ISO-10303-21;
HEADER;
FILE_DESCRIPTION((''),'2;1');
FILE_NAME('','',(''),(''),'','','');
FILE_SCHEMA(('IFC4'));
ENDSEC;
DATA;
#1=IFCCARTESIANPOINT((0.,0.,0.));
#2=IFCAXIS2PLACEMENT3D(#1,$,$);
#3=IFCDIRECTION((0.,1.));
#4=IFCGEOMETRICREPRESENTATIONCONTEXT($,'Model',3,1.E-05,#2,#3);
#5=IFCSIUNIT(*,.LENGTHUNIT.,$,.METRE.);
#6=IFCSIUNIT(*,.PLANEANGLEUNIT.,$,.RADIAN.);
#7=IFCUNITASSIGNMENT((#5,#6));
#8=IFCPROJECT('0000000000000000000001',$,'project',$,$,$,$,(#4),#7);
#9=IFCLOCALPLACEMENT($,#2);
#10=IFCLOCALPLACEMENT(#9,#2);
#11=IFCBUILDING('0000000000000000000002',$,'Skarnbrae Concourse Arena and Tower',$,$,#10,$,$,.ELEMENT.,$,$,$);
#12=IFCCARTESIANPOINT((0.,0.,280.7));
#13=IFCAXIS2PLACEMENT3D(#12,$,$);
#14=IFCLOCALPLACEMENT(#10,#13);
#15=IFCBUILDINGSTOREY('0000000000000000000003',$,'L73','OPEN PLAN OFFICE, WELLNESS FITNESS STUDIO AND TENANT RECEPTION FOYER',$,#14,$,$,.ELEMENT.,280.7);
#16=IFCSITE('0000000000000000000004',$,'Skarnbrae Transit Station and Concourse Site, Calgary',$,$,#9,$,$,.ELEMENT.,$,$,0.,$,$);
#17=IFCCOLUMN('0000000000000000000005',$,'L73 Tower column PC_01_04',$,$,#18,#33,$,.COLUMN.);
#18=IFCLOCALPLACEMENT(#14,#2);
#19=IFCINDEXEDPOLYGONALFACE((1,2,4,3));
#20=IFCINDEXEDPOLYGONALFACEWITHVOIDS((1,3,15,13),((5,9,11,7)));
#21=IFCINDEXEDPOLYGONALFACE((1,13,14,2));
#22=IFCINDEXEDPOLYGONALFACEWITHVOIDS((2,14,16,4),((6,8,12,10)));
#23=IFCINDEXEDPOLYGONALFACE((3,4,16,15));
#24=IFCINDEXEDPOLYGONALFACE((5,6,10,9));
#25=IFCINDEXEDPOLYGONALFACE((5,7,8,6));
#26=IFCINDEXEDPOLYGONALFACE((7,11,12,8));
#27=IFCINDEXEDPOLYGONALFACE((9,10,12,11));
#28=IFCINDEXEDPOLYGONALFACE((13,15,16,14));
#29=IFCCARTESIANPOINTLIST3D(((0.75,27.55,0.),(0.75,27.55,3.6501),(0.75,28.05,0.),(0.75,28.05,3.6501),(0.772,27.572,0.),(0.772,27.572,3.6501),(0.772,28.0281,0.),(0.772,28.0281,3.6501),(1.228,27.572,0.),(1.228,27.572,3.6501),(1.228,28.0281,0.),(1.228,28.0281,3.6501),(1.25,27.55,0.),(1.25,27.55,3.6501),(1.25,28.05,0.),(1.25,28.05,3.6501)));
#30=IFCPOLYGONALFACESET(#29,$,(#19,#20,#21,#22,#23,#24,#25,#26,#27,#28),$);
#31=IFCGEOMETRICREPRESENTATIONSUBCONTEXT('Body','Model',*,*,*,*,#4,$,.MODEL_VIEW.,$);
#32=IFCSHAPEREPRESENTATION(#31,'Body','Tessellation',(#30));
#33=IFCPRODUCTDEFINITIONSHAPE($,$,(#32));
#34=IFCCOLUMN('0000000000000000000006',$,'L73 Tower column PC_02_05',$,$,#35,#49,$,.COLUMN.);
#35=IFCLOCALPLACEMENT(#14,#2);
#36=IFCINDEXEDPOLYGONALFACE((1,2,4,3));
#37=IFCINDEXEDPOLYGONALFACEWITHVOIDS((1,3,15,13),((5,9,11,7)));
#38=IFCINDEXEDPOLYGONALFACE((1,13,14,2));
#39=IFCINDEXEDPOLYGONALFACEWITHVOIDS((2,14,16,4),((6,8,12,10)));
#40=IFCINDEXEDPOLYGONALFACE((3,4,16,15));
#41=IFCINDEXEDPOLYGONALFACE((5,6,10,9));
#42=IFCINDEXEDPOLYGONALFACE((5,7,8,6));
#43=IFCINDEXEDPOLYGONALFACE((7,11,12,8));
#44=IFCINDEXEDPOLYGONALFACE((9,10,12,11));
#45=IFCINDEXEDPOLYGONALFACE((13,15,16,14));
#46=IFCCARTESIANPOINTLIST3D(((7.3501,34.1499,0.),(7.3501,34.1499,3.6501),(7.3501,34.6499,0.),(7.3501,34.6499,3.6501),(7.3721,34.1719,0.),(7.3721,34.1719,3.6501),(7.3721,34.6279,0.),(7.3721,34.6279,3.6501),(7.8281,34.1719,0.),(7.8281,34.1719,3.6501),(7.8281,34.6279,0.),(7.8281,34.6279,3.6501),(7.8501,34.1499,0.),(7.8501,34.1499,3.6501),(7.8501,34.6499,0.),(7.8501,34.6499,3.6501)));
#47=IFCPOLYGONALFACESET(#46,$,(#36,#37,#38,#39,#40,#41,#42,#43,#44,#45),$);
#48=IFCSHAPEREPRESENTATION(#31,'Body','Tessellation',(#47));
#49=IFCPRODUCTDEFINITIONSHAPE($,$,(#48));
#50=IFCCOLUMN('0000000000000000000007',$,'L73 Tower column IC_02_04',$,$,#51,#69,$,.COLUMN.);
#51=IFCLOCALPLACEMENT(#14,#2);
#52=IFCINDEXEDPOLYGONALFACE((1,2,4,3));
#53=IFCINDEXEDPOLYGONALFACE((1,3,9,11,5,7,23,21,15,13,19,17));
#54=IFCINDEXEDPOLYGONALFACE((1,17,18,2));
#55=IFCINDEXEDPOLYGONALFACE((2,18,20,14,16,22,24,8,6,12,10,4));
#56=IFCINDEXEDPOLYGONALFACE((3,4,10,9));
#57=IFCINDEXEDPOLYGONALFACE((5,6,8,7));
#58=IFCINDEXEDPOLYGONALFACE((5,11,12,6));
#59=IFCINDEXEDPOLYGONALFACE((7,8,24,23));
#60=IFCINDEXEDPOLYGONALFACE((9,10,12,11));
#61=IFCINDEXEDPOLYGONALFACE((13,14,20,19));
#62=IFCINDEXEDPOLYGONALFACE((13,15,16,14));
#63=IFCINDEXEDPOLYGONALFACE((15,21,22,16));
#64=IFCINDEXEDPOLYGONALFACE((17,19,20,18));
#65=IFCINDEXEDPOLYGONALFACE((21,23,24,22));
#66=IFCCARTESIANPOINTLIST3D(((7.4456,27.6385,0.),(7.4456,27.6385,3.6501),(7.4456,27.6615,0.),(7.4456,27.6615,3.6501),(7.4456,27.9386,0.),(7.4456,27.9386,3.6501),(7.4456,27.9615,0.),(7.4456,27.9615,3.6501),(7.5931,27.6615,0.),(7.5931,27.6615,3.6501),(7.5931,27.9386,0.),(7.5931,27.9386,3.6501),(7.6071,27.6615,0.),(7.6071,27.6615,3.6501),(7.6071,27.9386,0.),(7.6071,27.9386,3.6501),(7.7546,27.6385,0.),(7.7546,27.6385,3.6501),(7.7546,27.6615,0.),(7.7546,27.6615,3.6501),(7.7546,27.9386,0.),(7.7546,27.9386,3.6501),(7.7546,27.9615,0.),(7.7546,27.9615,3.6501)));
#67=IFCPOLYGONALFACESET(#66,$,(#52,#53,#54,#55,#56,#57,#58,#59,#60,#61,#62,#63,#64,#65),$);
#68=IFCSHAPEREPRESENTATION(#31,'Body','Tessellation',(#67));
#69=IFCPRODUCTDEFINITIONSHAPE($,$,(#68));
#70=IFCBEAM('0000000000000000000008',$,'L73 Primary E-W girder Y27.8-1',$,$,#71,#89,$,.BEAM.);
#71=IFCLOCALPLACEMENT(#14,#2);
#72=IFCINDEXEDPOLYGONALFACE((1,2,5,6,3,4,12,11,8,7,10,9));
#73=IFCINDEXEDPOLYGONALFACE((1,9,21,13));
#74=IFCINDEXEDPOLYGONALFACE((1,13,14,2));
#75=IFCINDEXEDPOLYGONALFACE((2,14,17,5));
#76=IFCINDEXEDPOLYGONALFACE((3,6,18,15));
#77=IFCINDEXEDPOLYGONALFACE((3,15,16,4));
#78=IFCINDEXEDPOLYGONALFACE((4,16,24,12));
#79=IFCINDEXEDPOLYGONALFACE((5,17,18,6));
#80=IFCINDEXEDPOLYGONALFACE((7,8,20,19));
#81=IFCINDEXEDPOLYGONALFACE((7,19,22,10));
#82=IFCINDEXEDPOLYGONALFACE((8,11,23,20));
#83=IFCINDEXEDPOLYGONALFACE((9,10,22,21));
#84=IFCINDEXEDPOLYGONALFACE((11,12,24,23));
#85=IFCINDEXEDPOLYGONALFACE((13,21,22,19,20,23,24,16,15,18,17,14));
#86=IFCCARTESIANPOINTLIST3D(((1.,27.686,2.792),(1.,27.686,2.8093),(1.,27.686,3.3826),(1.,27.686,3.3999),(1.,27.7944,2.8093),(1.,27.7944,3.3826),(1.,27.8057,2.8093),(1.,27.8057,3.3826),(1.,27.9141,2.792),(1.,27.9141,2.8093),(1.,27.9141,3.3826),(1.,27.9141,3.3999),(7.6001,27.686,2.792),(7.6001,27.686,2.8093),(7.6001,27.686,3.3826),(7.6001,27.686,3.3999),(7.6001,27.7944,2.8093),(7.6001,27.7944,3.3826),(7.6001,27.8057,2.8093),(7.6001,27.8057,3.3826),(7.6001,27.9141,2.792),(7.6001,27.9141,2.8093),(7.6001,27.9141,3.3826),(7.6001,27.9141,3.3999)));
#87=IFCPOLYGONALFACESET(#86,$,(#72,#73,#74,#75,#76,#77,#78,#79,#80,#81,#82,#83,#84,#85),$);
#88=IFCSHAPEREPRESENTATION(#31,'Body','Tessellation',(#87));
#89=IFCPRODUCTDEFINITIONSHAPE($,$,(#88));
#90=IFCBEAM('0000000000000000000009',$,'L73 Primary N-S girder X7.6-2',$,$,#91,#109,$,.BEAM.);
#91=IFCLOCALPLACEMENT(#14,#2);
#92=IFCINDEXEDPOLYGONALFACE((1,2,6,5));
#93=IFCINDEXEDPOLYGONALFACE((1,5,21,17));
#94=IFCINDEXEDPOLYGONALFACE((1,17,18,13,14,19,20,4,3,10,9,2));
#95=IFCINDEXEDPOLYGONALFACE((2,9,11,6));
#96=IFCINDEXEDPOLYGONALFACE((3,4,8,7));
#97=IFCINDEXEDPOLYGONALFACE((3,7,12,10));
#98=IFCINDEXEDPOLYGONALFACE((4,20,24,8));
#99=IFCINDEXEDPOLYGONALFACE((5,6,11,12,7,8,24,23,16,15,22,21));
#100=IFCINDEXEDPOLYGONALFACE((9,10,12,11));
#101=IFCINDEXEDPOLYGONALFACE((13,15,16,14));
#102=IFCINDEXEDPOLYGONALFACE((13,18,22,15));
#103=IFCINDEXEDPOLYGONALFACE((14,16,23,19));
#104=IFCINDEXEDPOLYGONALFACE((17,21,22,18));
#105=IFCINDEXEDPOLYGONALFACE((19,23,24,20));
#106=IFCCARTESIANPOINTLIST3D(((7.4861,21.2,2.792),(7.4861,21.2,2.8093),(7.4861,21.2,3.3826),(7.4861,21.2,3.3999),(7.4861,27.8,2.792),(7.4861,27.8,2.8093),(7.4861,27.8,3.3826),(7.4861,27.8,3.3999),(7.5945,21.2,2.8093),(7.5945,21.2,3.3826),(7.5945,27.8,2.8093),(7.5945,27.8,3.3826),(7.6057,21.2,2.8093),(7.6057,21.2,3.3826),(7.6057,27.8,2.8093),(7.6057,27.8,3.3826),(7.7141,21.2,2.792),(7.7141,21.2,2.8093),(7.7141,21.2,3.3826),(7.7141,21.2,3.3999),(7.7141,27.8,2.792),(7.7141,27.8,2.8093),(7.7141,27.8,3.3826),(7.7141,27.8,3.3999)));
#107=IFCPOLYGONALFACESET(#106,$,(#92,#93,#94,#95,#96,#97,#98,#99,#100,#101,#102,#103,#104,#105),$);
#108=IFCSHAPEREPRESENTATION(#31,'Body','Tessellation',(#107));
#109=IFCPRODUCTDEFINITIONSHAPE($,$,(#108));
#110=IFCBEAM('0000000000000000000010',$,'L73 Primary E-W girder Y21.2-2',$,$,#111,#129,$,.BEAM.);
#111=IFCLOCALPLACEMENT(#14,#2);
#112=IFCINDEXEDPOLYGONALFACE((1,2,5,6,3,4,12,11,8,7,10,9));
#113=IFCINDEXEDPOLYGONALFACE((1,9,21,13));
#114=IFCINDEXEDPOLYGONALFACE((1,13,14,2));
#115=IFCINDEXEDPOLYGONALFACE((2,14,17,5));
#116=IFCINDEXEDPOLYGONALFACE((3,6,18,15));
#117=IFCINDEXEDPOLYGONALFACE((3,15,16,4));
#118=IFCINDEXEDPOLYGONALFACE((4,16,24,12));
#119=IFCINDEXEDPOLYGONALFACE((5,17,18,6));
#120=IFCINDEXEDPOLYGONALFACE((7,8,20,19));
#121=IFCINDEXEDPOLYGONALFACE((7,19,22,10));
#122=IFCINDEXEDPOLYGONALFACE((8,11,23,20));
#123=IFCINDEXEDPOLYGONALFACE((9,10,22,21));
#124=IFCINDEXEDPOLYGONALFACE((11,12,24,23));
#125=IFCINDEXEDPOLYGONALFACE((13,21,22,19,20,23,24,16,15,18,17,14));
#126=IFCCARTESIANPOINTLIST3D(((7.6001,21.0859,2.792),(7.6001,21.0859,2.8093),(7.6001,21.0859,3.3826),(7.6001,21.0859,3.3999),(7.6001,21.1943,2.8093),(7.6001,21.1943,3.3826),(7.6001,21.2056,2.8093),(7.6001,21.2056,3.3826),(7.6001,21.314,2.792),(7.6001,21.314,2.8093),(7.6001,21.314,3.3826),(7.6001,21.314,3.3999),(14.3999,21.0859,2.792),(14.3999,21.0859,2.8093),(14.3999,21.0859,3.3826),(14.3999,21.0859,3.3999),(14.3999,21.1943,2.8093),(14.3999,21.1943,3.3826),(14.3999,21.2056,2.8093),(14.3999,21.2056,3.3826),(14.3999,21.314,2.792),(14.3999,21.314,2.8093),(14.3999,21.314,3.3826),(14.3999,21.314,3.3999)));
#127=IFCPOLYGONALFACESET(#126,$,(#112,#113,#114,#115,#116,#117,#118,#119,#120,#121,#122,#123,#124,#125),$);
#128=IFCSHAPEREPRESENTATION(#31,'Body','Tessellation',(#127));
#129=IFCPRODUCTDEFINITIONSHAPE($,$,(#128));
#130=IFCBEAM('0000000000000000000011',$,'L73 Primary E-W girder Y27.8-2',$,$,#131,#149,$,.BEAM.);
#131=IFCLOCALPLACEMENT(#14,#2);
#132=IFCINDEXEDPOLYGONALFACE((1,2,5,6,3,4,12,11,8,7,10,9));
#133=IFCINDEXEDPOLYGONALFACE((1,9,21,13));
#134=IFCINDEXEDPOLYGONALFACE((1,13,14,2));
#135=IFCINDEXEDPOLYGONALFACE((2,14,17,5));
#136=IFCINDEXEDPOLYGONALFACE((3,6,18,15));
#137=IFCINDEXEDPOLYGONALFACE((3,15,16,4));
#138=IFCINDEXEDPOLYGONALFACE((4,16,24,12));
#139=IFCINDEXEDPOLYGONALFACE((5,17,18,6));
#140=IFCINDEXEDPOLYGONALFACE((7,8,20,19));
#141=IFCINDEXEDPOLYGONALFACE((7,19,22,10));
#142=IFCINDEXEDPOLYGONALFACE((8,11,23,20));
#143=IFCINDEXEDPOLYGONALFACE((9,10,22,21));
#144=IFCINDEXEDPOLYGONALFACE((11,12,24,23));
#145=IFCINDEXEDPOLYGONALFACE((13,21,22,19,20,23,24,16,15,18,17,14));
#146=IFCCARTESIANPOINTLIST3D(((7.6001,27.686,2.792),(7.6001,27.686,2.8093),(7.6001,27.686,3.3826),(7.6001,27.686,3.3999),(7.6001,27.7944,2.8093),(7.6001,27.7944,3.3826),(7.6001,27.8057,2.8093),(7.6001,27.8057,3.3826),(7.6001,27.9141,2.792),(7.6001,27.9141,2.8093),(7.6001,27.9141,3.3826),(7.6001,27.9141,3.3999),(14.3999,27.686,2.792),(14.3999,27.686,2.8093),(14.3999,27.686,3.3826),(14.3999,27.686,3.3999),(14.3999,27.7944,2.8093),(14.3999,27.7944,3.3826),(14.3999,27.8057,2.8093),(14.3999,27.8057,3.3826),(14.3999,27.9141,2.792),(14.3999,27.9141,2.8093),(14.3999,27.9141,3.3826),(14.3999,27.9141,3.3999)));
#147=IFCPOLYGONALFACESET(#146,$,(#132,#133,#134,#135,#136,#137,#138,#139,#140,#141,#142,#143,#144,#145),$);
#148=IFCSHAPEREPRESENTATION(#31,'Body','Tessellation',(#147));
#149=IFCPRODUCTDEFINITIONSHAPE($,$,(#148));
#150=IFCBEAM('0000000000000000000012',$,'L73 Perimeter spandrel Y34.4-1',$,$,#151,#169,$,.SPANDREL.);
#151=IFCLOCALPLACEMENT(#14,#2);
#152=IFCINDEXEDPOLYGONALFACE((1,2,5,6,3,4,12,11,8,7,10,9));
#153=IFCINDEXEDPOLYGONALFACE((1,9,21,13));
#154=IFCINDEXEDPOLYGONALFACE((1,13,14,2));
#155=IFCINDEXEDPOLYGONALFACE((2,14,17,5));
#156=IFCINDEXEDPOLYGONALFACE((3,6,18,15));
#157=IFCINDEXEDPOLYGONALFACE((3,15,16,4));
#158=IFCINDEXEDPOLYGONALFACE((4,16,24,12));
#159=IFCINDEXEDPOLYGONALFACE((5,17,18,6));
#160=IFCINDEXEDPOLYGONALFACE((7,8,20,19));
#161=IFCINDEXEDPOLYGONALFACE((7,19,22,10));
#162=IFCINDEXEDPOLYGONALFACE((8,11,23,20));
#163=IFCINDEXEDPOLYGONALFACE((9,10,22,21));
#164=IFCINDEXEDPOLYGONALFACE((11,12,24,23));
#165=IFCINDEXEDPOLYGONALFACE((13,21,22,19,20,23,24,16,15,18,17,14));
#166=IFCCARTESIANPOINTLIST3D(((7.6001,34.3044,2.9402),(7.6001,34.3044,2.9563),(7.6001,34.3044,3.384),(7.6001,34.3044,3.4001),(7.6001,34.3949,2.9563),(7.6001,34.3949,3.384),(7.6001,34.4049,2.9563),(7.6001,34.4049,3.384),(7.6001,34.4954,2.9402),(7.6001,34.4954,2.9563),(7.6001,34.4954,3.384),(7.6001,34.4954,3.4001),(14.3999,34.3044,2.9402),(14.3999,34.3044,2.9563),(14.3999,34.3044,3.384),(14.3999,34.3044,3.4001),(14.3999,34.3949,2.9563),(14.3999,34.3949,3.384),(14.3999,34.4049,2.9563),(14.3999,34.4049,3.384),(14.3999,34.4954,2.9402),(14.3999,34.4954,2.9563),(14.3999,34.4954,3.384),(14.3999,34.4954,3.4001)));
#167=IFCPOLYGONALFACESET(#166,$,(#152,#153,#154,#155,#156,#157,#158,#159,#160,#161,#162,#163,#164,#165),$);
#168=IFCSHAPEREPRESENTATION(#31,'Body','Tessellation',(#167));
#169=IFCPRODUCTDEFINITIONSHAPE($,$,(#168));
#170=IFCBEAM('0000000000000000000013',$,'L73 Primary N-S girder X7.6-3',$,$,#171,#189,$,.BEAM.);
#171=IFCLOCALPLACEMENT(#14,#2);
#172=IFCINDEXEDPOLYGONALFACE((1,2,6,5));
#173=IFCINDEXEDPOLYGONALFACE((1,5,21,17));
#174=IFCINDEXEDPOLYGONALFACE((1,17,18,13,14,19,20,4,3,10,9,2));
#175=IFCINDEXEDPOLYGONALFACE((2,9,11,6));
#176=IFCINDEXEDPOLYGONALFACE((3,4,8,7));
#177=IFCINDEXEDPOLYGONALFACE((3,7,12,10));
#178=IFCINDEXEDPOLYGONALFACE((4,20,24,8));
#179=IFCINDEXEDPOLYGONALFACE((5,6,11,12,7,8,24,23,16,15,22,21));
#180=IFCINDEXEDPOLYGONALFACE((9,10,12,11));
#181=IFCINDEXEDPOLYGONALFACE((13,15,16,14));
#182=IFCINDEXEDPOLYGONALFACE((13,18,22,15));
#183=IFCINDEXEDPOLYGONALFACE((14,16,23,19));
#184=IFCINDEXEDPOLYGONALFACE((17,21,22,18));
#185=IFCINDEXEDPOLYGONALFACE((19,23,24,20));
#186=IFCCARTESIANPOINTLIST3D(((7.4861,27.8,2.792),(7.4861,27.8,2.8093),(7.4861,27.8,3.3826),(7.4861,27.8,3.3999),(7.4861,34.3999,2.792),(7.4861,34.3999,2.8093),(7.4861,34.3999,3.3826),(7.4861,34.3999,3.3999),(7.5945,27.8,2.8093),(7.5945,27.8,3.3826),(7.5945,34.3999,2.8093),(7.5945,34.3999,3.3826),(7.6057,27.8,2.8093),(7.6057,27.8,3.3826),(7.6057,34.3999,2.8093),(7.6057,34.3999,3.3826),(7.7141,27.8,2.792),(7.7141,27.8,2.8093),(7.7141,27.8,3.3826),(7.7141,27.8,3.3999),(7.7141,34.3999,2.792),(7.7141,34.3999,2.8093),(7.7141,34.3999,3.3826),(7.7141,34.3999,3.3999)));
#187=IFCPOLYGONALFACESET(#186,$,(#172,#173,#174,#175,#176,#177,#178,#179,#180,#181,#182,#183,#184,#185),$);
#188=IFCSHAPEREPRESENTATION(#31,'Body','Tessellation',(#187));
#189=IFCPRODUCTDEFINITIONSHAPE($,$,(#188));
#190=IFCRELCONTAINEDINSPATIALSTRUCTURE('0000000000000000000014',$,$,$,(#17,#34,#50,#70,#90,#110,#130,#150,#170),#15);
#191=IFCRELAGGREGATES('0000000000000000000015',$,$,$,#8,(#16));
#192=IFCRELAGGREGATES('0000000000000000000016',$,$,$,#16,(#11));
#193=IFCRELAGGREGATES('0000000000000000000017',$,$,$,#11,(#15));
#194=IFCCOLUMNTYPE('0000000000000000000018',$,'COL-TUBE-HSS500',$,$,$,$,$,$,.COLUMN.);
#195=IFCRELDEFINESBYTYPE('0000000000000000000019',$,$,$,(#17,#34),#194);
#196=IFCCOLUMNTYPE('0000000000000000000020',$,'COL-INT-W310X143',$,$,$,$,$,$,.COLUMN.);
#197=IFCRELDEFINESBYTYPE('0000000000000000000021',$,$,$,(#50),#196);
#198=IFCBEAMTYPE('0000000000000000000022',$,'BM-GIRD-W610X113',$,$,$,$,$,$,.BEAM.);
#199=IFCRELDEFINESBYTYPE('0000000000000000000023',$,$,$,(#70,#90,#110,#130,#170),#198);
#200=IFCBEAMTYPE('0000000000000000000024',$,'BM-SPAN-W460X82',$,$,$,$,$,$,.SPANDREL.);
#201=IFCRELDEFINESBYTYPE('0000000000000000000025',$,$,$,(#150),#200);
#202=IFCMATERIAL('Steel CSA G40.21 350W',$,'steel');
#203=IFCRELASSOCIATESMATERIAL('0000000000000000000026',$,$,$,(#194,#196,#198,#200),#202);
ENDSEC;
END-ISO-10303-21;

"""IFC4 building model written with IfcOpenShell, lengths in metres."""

from ifc_helpers import new_model, si_unit, direction, frame, origin, origin_2d, place, context, subcontext, project, spatial, hollow_rectangle, i_section, extrude, source, transform, mapped, material, material_profile, profile_set, type_object, element, save


model = new_model("IFC4")

# Units and contexts
model_context = context("Model", 3, precision=1e-05, world=origin(), true_north=direction((0.0, 1.0)))
body_context = subcontext(model_context, "Body", "Model", "MODEL_VIEW")
ifc_project = project(units=[si_unit("LENGTHUNIT", "METRE"), si_unit("PLANEANGLEUNIT", "RADIAN")], contexts=[model_context])

# Site, building, storey
site_placement = place(None, origin())
site = spatial("IfcSite", under=ifc_project, at=site_placement, Name="Skarnbrae Transit Station and Concourse Site, Calgary", CompositionType="ELEMENT", RefElevation=0.0)
building_placement = place(site_placement, origin())
building = spatial("IfcBuilding", under=site, at=building_placement, Name="Skarnbrae Concourse Arena and Tower", CompositionType="ELEMENT")
storey_placement = place(building_placement, frame((0.0, 0.0, 280.7)))
storey = spatial("IfcBuildingStorey", under=building, at=storey_placement, Name="L73", Description="OPEN PLAN OFFICE, WELLNESS FITNESS STUDIO AND TENANT RECEPTION FOYER", CompositionType="ELEMENT", Elevation=280.7)

# Columns
ifc_material_1 = material(Name="Steel CSA G40.21 350W", Category="steel")
ifc_material_profile_1 = material_profile(ifc_material_1, hollow_rectangle(XDim=0.5, YDim=0.5, WallThickness=0.022, at=origin_2d()), Name="HSS500X500X22.0")
ifc_profile_set_1 = profile_set([ifc_material_profile_1], Name="Steel CSA G40.21 350W")
column_type_1 = type_object("IfcColumnType", Name="COL-TUBE-HSS500", PredefinedType="COLUMN", material=ifc_profile_set_1)
shared_shape_1 = source(origin(), body_context, "Body", "SweptSolid", [
    extrude(hollow_rectangle(XDim=0.5, YDim=0.5, WallThickness=0.022, at=origin_2d()), origin(), (0.0, 0.0, 1.0), 3.6501),
])
for number, where, z_axis, x_axis, name in (
    (1, (1.0, 27.8, 0.0), (0.0, 0.0, 1.0), (1.0, 0.0, 0.0), "L73 Tower column PC_01_04"),
    (2, (7.6001, 34.3999, 0.0), (0.0, 0.0, 1.0), (1.0, 0.0, 0.0), "L73 Tower column PC_02_05"),
):
    element("IfcColumn", number, at=place(storey_placement, frame(where, z_axis=z_axis, x_axis=x_axis)), inside=storey, type_object=column_type_1, Name=name, PredefinedType="COLUMN", context=body_context, shape_type="MappedRepresentation", body=[
        mapped(shared_shape_1, transform((0.0, 0.0, 0.0))),
    ])
ifc_material_profile_2 = material_profile(ifc_material_1, i_section(OverallWidth=0.3091, OverallDepth=0.323, WebThickness=0.0139, FlangeThickness=0.0229, at=origin_2d()), Name="W310X143")
ifc_profile_set_2 = profile_set([ifc_material_profile_2], Name="Steel CSA G40.21 350W")
column_type_2 = type_object("IfcColumnType", Name="COL-INT-W310X143", PredefinedType="COLUMN", material=ifc_profile_set_2)
shared_shape_2 = source(origin(), body_context, "Body", "SweptSolid", [
    extrude(i_section(OverallWidth=0.3091, OverallDepth=0.323, WebThickness=0.0139, FlangeThickness=0.0229, at=origin_2d()), origin(), (0.0, 0.0, 1.0), 3.6501),
])
column_placement = place(storey_placement, frame((7.6001, 27.8, 0.0), z_axis=(0.0, 0.0, 1.0), x_axis=(1.0, 0.0, 0.0)))
element("IfcColumn", 3, at=column_placement, inside=storey, type_object=column_type_2, Name="L73 Tower column IC_02_04", PredefinedType="COLUMN", context=body_context, shape_type="MappedRepresentation", body=[
    mapped(shared_shape_2, transform((0.0, 0.0, 0.0))),
])

# Beams
ifc_material_profile_3 = material_profile(ifc_material_1, i_section(OverallWidth=0.228, OverallDepth=0.6079, WebThickness=0.0112, FlangeThickness=0.0173, at=origin_2d()), Name="W610X113")
ifc_profile_set_3 = profile_set([ifc_material_profile_3], Name="Steel CSA G40.21 350W")
beam_type_1 = type_object("IfcBeamType", Name="BM-GIRD-W610X113", PredefinedType="BEAM", material=ifc_profile_set_3)
shared_shape_3 = source(origin(), body_context, "Body", "SweptSolid", [
    extrude(i_section(OverallWidth=0.228, OverallDepth=0.6079, WebThickness=0.0112, FlangeThickness=0.0173, at=origin_2d()), origin(), (0.0, 0.0, 1.0), 6.6001),
])
for number, where, z_axis, x_axis, name in (
    (4, (1.0, 27.8, 3.0959), (1.0, 0.0, 0.0), (0.0, 1.0, 0.0), "L73 Primary E-W girder Y27.8-1"),
    (5, (7.6001, 21.2, 3.0959), (0.0, 1.0, 0.0), (-1.0, 0.0, 0.0), "L73 Primary N-S girder X7.6-2"),
):
    element("IfcBeam", number, at=place(storey_placement, frame(where, z_axis=z_axis, x_axis=x_axis)), inside=storey, type_object=beam_type_1, Name=name, PredefinedType="BEAM", context=body_context, shape_type="MappedRepresentation", body=[
        mapped(shared_shape_3, transform((0.0, 0.0, 0.0))),
    ])
shared_shape_4 = source(origin(), body_context, "Body", "SweptSolid", [
    extrude(i_section(OverallWidth=0.228, OverallDepth=0.6079, WebThickness=0.0112, FlangeThickness=0.0173, at=origin_2d()), origin(), (0.0, 0.0, 1.0), 6.7998),
])
for number, where, z_axis, x_axis, name in (
    (6, (7.6001, 21.2, 3.0959), (1.0, 0.0, 0.0), (0.0, 1.0, 0.0), "L73 Primary E-W girder Y21.2-2"),
    (7, (7.6001, 27.8, 3.0959), (1.0, 0.0, 0.0), (0.0, 1.0, 0.0), "L73 Primary E-W girder Y27.8-2"),
):
    element("IfcBeam", number, at=place(storey_placement, frame(where, z_axis=z_axis, x_axis=x_axis)), inside=storey, type_object=beam_type_1, Name=name, PredefinedType="BEAM", context=body_context, shape_type="MappedRepresentation", body=[
        mapped(shared_shape_4, transform((0.0, 0.0, 0.0))),
    ])
ifc_material_profile_4 = material_profile(ifc_material_1, i_section(OverallWidth=0.1909, OverallDepth=0.46, WebThickness=0.01, FlangeThickness=0.0161, at=origin_2d()), Name="W460X82")
ifc_profile_set_4 = profile_set([ifc_material_profile_4], Name="Steel CSA G40.21 350W")
beam_type_2 = type_object("IfcBeamType", Name="BM-SPAN-W460X82", PredefinedType="SPANDREL", material=ifc_profile_set_4)
shared_shape_5 = source(origin(), body_context, "Body", "SweptSolid", [
    extrude(i_section(OverallWidth=0.1909, OverallDepth=0.46, WebThickness=0.01, FlangeThickness=0.0161, at=origin_2d()), origin(), (0.0, 0.0, 1.0), 6.7998),
])
beam_1_placement = place(storey_placement, frame((7.6001, 34.3999, 3.1702), z_axis=(1.0, 0.0, 0.0), x_axis=(0.0, 1.0, 0.0)))
element("IfcBeam", 8, at=beam_1_placement, inside=storey, type_object=beam_type_2, Name="L73 Perimeter spandrel Y34.4-1", PredefinedType="SPANDREL", context=body_context, shape_type="MappedRepresentation", body=[
    mapped(shared_shape_5, transform((0.0, 0.0, 0.0))),
])
shared_shape_6 = source(origin(), body_context, "Body", "SweptSolid", [
    extrude(i_section(OverallWidth=0.228, OverallDepth=0.6079, WebThickness=0.0112, FlangeThickness=0.0173, at=origin_2d()), origin(), (0.0, 0.0, 1.0), 6.5999),
])
beam_2_placement = place(storey_placement, frame((7.6001, 27.8, 3.0959), z_axis=(0.0, 1.0, 0.0), x_axis=(-1.0, 0.0, 0.0)))
element("IfcBeam", 9, at=beam_2_placement, inside=storey, type_object=beam_type_1, Name="L73 Primary N-S girder X7.6-3", PredefinedType="BEAM", context=body_context, shape_type="MappedRepresentation", body=[
    mapped(shared_shape_6, transform((0.0, 0.0, 0.0))),
])

save(model, "model.ifc")
